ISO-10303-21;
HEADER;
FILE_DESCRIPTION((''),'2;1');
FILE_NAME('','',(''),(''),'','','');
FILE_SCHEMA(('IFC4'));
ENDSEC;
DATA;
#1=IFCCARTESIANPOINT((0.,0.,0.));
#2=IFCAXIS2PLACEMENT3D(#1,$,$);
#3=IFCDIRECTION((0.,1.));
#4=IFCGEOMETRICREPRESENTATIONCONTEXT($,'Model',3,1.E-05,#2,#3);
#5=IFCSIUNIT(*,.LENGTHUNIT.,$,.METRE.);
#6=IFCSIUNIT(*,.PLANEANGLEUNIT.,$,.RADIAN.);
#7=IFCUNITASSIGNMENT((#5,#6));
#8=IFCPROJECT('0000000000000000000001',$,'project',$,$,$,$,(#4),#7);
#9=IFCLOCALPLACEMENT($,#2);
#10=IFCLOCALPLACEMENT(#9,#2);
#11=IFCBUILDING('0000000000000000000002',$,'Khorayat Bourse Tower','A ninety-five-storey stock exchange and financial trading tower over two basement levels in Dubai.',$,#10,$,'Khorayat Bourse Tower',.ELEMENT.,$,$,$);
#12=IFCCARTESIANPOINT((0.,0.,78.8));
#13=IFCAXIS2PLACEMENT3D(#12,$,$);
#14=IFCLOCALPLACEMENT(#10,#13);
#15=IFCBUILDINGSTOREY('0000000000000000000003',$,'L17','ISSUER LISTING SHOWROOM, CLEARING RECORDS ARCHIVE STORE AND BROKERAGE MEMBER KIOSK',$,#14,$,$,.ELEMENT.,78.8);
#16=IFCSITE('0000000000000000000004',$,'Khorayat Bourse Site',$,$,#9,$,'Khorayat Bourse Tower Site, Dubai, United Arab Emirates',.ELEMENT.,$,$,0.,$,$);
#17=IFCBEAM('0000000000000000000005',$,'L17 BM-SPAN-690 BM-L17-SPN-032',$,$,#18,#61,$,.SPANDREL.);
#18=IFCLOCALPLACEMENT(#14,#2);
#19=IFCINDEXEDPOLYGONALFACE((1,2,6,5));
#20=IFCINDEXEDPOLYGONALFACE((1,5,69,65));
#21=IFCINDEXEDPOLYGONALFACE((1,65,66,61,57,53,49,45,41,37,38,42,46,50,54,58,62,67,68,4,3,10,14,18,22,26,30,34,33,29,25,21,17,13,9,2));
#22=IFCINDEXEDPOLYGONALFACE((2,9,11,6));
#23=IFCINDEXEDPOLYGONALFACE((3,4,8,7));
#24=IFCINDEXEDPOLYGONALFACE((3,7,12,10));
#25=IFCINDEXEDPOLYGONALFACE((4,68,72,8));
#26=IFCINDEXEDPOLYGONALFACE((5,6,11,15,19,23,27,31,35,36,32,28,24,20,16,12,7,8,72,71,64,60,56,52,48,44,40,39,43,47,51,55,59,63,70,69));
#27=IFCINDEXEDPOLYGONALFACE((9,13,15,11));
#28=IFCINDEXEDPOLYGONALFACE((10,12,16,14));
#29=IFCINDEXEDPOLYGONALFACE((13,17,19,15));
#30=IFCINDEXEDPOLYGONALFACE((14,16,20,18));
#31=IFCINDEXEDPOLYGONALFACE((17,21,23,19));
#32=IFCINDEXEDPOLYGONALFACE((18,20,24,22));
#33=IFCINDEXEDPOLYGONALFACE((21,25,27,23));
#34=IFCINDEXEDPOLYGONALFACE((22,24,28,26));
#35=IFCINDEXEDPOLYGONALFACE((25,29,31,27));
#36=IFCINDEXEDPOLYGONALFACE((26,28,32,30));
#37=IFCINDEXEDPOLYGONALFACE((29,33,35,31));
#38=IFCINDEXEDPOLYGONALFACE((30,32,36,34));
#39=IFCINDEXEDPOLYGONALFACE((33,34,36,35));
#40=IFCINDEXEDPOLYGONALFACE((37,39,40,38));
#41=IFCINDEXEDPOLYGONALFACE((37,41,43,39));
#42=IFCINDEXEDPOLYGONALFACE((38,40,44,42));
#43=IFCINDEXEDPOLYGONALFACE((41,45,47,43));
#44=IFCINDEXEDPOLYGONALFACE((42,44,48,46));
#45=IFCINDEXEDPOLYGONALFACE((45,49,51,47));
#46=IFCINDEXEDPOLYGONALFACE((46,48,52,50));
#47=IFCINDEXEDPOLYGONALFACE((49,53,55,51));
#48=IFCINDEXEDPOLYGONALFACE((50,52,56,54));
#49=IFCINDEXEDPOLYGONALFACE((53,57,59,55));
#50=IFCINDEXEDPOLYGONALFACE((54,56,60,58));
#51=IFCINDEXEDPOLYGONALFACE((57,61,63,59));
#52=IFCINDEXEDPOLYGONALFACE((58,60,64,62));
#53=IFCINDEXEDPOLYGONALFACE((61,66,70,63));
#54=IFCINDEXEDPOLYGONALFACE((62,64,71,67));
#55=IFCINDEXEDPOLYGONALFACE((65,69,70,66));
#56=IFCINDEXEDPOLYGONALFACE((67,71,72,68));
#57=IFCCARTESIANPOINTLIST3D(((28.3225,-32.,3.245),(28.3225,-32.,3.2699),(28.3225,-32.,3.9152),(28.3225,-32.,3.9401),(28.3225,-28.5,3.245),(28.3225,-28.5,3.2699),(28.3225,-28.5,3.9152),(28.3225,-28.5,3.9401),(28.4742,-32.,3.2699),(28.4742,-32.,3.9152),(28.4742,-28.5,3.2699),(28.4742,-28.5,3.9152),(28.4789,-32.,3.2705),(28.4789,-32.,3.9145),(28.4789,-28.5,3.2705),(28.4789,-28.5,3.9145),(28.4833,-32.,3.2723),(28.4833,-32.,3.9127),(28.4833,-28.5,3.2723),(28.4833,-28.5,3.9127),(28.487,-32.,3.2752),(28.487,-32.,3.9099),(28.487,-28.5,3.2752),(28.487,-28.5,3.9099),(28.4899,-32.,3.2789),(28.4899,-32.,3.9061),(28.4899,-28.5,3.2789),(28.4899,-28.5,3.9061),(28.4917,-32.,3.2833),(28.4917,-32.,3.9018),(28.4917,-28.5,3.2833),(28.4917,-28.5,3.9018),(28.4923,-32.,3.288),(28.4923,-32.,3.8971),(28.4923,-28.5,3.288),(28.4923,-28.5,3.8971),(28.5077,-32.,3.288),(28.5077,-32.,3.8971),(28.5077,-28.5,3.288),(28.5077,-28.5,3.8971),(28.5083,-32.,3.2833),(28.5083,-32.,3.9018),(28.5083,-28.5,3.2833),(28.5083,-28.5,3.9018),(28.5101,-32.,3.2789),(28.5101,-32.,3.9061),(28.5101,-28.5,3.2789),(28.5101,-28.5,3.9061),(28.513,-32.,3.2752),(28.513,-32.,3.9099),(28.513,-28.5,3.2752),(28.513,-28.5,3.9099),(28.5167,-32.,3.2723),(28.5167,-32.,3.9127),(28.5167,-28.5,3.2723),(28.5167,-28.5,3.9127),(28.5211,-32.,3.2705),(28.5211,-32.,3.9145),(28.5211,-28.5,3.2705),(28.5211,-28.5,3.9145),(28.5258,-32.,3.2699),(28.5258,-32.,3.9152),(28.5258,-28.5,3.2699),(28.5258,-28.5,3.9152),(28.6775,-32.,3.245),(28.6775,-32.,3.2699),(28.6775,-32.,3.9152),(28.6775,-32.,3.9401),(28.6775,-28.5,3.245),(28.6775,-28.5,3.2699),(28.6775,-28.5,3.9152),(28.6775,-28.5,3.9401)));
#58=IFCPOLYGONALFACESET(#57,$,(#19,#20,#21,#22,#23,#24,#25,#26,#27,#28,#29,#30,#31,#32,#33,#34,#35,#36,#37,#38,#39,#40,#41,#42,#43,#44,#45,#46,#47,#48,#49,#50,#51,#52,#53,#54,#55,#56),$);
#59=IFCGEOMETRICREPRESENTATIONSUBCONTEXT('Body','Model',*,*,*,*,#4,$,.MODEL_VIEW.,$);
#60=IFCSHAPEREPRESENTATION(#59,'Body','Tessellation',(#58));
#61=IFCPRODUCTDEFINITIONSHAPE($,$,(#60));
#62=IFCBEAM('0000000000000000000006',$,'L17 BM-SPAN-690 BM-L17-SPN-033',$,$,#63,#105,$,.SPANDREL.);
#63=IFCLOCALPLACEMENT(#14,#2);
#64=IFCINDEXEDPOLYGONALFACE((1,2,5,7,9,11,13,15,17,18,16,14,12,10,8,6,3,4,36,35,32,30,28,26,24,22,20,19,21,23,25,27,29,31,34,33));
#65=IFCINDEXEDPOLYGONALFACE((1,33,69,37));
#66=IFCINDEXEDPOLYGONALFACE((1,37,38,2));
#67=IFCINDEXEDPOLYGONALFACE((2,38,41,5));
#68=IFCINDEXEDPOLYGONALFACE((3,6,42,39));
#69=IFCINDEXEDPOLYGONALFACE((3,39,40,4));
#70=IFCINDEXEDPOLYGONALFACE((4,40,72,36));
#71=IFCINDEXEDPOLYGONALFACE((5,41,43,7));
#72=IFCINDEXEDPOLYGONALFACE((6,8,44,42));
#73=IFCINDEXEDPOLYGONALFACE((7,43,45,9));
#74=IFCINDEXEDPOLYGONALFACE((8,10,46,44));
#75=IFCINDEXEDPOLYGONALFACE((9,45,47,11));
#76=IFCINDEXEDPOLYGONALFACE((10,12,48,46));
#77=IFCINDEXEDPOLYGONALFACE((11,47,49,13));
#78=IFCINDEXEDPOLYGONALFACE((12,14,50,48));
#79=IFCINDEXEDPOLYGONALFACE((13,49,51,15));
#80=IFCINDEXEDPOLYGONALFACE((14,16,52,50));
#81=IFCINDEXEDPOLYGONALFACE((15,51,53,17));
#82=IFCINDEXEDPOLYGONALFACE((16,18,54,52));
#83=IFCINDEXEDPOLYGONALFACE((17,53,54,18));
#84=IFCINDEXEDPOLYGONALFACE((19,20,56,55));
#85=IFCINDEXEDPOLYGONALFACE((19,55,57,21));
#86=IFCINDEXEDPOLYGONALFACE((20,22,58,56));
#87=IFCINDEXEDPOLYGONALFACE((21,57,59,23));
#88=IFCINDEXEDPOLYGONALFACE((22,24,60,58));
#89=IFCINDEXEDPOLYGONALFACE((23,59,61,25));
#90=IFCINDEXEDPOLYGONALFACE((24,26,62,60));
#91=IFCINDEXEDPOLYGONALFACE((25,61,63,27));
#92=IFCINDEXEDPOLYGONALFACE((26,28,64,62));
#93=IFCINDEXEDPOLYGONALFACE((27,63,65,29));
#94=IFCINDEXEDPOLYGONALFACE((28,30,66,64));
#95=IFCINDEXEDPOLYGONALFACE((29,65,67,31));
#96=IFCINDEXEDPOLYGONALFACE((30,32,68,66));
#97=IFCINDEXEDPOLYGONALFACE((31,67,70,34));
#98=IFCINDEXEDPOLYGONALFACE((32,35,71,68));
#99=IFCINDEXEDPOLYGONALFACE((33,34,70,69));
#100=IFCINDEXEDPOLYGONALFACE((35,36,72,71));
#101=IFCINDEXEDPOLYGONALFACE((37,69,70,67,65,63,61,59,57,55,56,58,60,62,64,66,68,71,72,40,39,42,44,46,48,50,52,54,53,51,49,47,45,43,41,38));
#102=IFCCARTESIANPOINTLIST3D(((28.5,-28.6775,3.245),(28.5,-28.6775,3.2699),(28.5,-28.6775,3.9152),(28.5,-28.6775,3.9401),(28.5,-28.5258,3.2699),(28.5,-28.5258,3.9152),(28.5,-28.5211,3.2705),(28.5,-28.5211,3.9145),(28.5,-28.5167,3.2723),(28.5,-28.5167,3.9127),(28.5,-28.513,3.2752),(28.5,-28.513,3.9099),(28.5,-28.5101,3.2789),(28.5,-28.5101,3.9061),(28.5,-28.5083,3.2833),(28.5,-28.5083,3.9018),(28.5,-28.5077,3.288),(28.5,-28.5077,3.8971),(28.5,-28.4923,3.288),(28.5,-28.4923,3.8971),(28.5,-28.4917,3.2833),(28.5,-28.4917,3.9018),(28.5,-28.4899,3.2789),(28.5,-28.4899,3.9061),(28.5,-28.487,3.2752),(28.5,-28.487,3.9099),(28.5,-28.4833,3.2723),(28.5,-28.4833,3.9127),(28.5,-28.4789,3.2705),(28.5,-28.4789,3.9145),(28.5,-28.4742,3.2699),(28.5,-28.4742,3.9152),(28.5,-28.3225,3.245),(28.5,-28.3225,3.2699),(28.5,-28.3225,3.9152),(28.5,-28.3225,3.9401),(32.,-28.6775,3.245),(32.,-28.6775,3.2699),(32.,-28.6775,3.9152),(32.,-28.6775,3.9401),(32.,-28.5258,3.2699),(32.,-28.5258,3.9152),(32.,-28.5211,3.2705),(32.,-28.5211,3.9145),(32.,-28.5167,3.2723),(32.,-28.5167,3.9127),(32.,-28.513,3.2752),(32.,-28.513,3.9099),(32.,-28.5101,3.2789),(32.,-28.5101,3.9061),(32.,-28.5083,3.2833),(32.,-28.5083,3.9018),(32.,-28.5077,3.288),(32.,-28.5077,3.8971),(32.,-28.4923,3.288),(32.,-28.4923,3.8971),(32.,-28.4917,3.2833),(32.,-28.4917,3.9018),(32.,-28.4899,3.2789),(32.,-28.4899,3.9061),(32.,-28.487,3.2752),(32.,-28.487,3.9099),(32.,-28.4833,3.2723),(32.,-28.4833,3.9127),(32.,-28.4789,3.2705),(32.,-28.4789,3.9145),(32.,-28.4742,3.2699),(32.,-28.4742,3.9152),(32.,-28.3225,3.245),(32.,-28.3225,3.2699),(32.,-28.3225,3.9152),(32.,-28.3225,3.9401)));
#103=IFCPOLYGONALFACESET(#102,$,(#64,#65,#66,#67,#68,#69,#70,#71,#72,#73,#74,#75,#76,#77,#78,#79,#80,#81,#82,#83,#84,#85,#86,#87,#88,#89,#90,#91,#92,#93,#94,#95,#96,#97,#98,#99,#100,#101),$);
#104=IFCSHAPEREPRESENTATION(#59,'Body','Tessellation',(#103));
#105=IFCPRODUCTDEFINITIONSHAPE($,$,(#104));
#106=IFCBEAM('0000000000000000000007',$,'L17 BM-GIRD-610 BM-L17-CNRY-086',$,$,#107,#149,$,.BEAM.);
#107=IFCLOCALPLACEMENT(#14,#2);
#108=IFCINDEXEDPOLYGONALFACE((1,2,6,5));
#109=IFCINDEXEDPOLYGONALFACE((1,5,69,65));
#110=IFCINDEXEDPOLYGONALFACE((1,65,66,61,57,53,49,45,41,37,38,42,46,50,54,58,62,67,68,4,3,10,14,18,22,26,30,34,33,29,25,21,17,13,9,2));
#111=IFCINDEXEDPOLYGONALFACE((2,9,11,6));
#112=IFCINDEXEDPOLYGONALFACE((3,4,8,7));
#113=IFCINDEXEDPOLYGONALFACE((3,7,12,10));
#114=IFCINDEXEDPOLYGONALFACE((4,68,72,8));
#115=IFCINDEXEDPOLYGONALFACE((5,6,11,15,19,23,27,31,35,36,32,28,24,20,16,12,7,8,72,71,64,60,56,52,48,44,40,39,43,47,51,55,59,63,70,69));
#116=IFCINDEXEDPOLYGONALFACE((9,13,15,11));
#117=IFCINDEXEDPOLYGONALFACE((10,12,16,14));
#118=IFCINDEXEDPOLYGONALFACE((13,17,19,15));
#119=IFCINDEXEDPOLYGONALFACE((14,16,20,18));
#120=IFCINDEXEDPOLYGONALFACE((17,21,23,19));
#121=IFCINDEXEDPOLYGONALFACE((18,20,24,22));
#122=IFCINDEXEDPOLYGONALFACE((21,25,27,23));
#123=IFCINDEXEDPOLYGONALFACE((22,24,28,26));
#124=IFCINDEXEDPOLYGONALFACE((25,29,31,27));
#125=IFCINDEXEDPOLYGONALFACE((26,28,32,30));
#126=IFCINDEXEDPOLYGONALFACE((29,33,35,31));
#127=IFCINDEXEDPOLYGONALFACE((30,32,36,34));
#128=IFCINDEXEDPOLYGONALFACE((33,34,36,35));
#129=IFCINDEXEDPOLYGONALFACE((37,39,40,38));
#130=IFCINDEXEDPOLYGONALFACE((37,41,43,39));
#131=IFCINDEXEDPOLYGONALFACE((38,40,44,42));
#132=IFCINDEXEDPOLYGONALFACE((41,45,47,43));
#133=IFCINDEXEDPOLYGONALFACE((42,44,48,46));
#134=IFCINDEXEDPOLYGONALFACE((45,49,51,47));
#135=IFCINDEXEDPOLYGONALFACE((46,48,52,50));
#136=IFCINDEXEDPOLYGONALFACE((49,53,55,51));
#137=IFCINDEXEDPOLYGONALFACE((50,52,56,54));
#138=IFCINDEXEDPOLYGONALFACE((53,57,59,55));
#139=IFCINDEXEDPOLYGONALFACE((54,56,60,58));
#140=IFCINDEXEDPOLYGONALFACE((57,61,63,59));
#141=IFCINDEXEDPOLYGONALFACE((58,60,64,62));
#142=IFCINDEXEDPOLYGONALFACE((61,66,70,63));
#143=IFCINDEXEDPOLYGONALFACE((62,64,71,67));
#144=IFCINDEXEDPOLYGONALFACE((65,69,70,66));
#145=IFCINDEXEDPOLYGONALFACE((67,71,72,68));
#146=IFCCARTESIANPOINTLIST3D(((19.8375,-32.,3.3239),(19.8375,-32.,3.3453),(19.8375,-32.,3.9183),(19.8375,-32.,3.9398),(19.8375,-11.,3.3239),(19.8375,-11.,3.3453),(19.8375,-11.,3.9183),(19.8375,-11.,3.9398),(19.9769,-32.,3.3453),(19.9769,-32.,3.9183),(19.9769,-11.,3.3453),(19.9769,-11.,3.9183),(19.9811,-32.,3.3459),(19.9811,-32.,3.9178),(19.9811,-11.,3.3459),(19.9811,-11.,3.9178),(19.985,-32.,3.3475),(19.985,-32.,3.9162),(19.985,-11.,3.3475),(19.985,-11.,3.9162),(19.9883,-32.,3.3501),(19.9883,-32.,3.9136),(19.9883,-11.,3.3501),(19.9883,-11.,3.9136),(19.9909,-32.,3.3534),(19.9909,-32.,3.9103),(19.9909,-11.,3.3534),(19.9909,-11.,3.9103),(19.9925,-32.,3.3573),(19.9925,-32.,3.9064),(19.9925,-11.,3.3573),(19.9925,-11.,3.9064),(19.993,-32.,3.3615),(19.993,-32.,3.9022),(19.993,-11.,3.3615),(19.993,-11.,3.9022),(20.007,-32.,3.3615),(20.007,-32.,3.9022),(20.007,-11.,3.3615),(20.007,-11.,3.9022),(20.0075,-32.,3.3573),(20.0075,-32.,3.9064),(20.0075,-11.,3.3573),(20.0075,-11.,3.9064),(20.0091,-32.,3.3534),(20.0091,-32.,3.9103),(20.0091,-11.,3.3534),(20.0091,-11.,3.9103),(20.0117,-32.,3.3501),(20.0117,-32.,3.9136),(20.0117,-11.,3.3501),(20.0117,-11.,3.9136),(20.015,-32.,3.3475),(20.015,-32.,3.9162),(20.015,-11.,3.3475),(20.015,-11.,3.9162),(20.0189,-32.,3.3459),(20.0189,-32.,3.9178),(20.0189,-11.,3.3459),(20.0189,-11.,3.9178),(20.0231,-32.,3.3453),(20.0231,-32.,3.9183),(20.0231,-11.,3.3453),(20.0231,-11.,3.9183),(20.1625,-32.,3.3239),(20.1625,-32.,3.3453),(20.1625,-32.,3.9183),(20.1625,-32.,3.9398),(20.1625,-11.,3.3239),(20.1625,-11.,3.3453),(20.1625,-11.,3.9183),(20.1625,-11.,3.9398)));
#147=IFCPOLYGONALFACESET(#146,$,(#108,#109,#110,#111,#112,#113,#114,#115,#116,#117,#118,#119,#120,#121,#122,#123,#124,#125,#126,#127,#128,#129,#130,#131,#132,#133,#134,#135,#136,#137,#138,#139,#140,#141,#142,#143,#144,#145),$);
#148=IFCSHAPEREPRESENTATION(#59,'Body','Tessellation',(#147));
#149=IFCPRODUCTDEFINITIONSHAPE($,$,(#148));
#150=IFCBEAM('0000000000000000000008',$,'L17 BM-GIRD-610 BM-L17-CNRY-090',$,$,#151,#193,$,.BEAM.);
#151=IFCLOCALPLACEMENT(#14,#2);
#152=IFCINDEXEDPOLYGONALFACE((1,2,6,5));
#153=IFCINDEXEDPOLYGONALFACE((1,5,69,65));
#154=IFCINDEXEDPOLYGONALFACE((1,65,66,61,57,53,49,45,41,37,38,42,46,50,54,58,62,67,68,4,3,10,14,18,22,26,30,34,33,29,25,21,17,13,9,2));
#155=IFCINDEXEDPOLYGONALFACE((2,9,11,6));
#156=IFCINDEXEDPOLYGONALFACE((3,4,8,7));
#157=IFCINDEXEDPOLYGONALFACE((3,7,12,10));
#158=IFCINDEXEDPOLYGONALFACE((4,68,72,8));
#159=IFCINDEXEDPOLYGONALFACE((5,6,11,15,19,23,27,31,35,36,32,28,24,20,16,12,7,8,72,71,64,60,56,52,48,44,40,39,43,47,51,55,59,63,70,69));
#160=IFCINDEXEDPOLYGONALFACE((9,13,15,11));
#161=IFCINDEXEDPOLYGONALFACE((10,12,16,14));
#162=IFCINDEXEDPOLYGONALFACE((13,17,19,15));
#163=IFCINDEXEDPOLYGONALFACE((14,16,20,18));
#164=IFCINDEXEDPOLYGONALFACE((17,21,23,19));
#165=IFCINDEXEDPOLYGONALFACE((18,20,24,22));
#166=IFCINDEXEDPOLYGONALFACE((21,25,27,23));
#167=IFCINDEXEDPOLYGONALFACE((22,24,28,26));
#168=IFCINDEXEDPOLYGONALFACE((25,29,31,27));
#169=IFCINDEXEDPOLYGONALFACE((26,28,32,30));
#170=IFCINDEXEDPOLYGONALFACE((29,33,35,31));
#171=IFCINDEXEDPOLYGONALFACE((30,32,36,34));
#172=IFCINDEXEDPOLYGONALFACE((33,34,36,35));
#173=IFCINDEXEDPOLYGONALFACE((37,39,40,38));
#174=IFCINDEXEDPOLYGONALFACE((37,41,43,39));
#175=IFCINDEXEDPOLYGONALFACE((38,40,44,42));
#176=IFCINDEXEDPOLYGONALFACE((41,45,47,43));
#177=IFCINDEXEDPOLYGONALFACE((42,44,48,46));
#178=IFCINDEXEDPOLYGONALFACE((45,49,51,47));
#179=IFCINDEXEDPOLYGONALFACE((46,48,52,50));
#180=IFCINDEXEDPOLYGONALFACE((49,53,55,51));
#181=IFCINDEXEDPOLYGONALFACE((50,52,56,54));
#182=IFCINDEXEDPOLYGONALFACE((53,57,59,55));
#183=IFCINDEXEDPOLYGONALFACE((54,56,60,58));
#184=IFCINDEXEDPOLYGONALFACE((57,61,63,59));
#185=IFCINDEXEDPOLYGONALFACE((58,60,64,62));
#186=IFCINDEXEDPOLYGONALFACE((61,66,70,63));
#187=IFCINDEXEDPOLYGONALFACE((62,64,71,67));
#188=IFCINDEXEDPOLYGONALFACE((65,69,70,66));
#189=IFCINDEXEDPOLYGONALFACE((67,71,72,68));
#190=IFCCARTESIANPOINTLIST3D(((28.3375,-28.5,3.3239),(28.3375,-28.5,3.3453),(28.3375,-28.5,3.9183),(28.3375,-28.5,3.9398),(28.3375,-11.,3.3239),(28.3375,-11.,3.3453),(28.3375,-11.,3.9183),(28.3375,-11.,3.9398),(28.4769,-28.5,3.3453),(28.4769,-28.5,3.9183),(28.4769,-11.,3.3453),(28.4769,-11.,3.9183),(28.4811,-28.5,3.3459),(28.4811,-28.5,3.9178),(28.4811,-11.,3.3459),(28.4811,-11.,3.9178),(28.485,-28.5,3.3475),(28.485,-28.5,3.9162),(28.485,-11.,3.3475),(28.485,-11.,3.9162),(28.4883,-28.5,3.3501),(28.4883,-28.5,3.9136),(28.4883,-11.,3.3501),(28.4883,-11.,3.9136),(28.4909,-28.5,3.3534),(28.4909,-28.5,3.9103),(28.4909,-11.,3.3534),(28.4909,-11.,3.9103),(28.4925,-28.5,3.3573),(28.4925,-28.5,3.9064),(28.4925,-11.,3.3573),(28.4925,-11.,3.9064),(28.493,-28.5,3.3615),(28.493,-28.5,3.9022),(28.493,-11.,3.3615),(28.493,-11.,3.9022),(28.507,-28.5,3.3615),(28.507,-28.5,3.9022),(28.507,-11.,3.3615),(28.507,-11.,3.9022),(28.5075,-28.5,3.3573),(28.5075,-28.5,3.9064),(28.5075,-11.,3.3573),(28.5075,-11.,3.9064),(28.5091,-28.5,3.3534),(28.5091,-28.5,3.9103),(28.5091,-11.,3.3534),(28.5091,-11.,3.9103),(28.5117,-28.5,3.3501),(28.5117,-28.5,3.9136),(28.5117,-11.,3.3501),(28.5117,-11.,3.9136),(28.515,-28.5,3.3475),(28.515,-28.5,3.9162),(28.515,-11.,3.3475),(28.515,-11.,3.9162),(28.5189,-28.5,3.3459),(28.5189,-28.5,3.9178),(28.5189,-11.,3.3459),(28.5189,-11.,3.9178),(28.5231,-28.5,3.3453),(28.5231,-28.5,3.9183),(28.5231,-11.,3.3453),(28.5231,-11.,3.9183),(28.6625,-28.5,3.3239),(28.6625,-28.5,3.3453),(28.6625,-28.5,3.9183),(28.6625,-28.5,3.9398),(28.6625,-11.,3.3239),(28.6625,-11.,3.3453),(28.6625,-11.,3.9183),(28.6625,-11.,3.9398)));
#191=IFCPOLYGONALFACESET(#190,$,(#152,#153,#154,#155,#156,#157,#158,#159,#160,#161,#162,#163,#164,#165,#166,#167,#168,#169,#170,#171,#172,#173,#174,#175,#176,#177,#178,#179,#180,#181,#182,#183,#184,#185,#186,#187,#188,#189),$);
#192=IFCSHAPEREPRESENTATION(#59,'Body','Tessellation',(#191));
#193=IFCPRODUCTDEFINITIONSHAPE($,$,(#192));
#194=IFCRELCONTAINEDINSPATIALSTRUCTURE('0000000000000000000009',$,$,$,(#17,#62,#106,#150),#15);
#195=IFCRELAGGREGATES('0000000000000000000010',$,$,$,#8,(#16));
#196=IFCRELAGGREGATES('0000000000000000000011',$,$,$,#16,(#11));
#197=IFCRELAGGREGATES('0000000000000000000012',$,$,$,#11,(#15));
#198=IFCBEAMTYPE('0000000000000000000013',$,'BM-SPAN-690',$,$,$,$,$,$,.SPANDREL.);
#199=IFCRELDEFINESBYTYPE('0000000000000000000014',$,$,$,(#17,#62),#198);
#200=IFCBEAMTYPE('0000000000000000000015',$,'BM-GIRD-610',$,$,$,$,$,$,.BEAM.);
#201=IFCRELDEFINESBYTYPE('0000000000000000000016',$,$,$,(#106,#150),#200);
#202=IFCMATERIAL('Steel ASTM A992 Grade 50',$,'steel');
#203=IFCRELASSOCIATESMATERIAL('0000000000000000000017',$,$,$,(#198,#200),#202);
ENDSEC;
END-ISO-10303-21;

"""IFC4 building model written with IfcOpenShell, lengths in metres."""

from ifc_helpers import new_model, si_unit, direction, frame, origin, origin_2d, place, context, subcontext, project, spatial, i_section, extrude, source, transform, mapped, material, material_profile, profile_set, type_object, element, save


model = new_model("IFC4")

# Units and contexts
model_context = context("Model", 3, precision=1e-05, world=origin(), true_north=direction((0.0, 1.0)))
body_context = subcontext(model_context, "Body", "Model", "MODEL_VIEW")
ifc_project = project(units=[si_unit("LENGTHUNIT", "METRE"), si_unit("PLANEANGLEUNIT", "RADIAN")], contexts=[model_context])

# Site, building, storey
site_placement = place(None, origin())
site = spatial("IfcSite", under=ifc_project, at=site_placement, Name="Khorayat Bourse Site", LongName="Khorayat Bourse Tower Site, Dubai, United Arab Emirates", CompositionType="ELEMENT", RefElevation=0.0)
building_placement = place(site_placement, origin())
building = spatial("IfcBuilding", under=site, at=building_placement, Name="Khorayat Bourse Tower", Description="A ninety-five-storey stock exchange and financial trading tower over two basement levels in Dubai.", LongName="Khorayat Bourse Tower", CompositionType="ELEMENT")
storey_placement = place(building_placement, frame((0.0, 0.0, 78.8)))
storey = spatial("IfcBuildingStorey", under=building, at=storey_placement, Name="L17", Description="ISSUER LISTING SHOWROOM, CLEARING RECORDS ARCHIVE STORE AND BROKERAGE MEMBER KIOSK", CompositionType="ELEMENT", Elevation=78.8)

# Beams
ifc_material_1 = material(Name="Steel ASTM A992 Grade 50", Category="steel")
ifc_material_profile_1 = material_profile(ifc_material_1, i_section(OverallWidth=0.355, OverallDepth=0.6951, WebThickness=0.0154, FlangeThickness=0.0249, FilletRadius=0.0181, at=origin_2d()), Name="W690X217")
ifc_profile_set_1 = profile_set([ifc_material_profile_1], Name="Steel ASTM A992 Grade 50")
beam_type_1 = type_object("IfcBeamType", Name="BM-SPAN-690", PredefinedType="SPANDREL", material=ifc_profile_set_1)
shared_shape_1 = source(origin(), body_context, "Body", "SweptSolid", [
    extrude(i_section(OverallWidth=0.355, OverallDepth=0.6951, WebThickness=0.0154, FlangeThickness=0.0249, FilletRadius=0.0181, at=origin_2d()), origin(), (0.0, 0.0, 1.0), 3.5),
])
for number, where, z_axis, x_axis, name in (
    (1, (28.5, -32.0, 3.5925), (0.0, 1.0, 0.0), (-1.0, 0.0, 0.0), "L17 BM-SPAN-690 BM-L17-SPN-032"),
    (2, (28.5, -28.5, 3.5925), (1.0, 0.0, 0.0), (0.0, 1.0, 0.0), "L17 BM-SPAN-690 BM-L17-SPN-033"),
):
    element("IfcBeam", number, at=place(storey_placement, frame(where, z_axis=z_axis, x_axis=x_axis)), inside=storey, type_object=beam_type_1, Name=name, PredefinedType="SPANDREL", context=body_context, shape_type="MappedRepresentation", body=[
        mapped(shared_shape_1, transform((0.0, 0.0, 0.0), scale=1.0)),
    ])
ifc_material_profile_2 = material_profile(ifc_material_1, i_section(OverallWidth=0.325, OverallDepth=0.616, WebThickness=0.0139, FlangeThickness=0.0215, FilletRadius=0.0161, at=origin_2d()), Name="W610X174")
ifc_profile_set_2 = profile_set([ifc_material_profile_2], Name="Steel ASTM A992 Grade 50")
beam_type_2 = type_object("IfcBeamType", Name="BM-GIRD-610", PredefinedType="BEAM", material=ifc_profile_set_2)
shared_shape_2 = source(origin(), body_context, "Body", "SweptSolid", [
    extrude(i_section(OverallWidth=0.325, OverallDepth=0.616, WebThickness=0.0139, FlangeThickness=0.0215, FilletRadius=0.0161, at=origin_2d()), origin(), (0.0, 0.0, 1.0), 21.0),
])
beam_1_placement = place(storey_placement, frame((20.0, -32.0, 3.6318), z_axis=(0.0, 1.0, 0.0), x_axis=(-1.0, 0.0, 0.0)))
element("IfcBeam", 3, at=beam_1_placement, inside=storey, type_object=beam_type_2, Name="L17 BM-GIRD-610 BM-L17-CNRY-086", PredefinedType="BEAM", context=body_context, shape_type="MappedRepresentation", body=[
    mapped(shared_shape_2, transform((0.0, 0.0, 0.0), scale=1.0)),
])
shared_shape_3 = source(origin(), body_context, "Body", "SweptSolid", [
    extrude(i_section(OverallWidth=0.325, OverallDepth=0.616, WebThickness=0.0139, FlangeThickness=0.0215, FilletRadius=0.0161, at=origin_2d()), origin(), (0.0, 0.0, 1.0), 17.5),
])
beam_2_placement = place(storey_placement, frame((28.5, -28.5, 3.6318), z_axis=(0.0, 1.0, 0.0), x_axis=(-1.0, 0.0, 0.0)))
element("IfcBeam", 4, at=beam_2_placement, inside=storey, type_object=beam_type_2, Name="L17 BM-GIRD-610 BM-L17-CNRY-090", PredefinedType="BEAM", context=body_context, shape_type="MappedRepresentation", body=[
    mapped(shared_shape_3, transform((0.0, 0.0, 0.0), scale=1.0)),
])

save(model, "model.ifc")
